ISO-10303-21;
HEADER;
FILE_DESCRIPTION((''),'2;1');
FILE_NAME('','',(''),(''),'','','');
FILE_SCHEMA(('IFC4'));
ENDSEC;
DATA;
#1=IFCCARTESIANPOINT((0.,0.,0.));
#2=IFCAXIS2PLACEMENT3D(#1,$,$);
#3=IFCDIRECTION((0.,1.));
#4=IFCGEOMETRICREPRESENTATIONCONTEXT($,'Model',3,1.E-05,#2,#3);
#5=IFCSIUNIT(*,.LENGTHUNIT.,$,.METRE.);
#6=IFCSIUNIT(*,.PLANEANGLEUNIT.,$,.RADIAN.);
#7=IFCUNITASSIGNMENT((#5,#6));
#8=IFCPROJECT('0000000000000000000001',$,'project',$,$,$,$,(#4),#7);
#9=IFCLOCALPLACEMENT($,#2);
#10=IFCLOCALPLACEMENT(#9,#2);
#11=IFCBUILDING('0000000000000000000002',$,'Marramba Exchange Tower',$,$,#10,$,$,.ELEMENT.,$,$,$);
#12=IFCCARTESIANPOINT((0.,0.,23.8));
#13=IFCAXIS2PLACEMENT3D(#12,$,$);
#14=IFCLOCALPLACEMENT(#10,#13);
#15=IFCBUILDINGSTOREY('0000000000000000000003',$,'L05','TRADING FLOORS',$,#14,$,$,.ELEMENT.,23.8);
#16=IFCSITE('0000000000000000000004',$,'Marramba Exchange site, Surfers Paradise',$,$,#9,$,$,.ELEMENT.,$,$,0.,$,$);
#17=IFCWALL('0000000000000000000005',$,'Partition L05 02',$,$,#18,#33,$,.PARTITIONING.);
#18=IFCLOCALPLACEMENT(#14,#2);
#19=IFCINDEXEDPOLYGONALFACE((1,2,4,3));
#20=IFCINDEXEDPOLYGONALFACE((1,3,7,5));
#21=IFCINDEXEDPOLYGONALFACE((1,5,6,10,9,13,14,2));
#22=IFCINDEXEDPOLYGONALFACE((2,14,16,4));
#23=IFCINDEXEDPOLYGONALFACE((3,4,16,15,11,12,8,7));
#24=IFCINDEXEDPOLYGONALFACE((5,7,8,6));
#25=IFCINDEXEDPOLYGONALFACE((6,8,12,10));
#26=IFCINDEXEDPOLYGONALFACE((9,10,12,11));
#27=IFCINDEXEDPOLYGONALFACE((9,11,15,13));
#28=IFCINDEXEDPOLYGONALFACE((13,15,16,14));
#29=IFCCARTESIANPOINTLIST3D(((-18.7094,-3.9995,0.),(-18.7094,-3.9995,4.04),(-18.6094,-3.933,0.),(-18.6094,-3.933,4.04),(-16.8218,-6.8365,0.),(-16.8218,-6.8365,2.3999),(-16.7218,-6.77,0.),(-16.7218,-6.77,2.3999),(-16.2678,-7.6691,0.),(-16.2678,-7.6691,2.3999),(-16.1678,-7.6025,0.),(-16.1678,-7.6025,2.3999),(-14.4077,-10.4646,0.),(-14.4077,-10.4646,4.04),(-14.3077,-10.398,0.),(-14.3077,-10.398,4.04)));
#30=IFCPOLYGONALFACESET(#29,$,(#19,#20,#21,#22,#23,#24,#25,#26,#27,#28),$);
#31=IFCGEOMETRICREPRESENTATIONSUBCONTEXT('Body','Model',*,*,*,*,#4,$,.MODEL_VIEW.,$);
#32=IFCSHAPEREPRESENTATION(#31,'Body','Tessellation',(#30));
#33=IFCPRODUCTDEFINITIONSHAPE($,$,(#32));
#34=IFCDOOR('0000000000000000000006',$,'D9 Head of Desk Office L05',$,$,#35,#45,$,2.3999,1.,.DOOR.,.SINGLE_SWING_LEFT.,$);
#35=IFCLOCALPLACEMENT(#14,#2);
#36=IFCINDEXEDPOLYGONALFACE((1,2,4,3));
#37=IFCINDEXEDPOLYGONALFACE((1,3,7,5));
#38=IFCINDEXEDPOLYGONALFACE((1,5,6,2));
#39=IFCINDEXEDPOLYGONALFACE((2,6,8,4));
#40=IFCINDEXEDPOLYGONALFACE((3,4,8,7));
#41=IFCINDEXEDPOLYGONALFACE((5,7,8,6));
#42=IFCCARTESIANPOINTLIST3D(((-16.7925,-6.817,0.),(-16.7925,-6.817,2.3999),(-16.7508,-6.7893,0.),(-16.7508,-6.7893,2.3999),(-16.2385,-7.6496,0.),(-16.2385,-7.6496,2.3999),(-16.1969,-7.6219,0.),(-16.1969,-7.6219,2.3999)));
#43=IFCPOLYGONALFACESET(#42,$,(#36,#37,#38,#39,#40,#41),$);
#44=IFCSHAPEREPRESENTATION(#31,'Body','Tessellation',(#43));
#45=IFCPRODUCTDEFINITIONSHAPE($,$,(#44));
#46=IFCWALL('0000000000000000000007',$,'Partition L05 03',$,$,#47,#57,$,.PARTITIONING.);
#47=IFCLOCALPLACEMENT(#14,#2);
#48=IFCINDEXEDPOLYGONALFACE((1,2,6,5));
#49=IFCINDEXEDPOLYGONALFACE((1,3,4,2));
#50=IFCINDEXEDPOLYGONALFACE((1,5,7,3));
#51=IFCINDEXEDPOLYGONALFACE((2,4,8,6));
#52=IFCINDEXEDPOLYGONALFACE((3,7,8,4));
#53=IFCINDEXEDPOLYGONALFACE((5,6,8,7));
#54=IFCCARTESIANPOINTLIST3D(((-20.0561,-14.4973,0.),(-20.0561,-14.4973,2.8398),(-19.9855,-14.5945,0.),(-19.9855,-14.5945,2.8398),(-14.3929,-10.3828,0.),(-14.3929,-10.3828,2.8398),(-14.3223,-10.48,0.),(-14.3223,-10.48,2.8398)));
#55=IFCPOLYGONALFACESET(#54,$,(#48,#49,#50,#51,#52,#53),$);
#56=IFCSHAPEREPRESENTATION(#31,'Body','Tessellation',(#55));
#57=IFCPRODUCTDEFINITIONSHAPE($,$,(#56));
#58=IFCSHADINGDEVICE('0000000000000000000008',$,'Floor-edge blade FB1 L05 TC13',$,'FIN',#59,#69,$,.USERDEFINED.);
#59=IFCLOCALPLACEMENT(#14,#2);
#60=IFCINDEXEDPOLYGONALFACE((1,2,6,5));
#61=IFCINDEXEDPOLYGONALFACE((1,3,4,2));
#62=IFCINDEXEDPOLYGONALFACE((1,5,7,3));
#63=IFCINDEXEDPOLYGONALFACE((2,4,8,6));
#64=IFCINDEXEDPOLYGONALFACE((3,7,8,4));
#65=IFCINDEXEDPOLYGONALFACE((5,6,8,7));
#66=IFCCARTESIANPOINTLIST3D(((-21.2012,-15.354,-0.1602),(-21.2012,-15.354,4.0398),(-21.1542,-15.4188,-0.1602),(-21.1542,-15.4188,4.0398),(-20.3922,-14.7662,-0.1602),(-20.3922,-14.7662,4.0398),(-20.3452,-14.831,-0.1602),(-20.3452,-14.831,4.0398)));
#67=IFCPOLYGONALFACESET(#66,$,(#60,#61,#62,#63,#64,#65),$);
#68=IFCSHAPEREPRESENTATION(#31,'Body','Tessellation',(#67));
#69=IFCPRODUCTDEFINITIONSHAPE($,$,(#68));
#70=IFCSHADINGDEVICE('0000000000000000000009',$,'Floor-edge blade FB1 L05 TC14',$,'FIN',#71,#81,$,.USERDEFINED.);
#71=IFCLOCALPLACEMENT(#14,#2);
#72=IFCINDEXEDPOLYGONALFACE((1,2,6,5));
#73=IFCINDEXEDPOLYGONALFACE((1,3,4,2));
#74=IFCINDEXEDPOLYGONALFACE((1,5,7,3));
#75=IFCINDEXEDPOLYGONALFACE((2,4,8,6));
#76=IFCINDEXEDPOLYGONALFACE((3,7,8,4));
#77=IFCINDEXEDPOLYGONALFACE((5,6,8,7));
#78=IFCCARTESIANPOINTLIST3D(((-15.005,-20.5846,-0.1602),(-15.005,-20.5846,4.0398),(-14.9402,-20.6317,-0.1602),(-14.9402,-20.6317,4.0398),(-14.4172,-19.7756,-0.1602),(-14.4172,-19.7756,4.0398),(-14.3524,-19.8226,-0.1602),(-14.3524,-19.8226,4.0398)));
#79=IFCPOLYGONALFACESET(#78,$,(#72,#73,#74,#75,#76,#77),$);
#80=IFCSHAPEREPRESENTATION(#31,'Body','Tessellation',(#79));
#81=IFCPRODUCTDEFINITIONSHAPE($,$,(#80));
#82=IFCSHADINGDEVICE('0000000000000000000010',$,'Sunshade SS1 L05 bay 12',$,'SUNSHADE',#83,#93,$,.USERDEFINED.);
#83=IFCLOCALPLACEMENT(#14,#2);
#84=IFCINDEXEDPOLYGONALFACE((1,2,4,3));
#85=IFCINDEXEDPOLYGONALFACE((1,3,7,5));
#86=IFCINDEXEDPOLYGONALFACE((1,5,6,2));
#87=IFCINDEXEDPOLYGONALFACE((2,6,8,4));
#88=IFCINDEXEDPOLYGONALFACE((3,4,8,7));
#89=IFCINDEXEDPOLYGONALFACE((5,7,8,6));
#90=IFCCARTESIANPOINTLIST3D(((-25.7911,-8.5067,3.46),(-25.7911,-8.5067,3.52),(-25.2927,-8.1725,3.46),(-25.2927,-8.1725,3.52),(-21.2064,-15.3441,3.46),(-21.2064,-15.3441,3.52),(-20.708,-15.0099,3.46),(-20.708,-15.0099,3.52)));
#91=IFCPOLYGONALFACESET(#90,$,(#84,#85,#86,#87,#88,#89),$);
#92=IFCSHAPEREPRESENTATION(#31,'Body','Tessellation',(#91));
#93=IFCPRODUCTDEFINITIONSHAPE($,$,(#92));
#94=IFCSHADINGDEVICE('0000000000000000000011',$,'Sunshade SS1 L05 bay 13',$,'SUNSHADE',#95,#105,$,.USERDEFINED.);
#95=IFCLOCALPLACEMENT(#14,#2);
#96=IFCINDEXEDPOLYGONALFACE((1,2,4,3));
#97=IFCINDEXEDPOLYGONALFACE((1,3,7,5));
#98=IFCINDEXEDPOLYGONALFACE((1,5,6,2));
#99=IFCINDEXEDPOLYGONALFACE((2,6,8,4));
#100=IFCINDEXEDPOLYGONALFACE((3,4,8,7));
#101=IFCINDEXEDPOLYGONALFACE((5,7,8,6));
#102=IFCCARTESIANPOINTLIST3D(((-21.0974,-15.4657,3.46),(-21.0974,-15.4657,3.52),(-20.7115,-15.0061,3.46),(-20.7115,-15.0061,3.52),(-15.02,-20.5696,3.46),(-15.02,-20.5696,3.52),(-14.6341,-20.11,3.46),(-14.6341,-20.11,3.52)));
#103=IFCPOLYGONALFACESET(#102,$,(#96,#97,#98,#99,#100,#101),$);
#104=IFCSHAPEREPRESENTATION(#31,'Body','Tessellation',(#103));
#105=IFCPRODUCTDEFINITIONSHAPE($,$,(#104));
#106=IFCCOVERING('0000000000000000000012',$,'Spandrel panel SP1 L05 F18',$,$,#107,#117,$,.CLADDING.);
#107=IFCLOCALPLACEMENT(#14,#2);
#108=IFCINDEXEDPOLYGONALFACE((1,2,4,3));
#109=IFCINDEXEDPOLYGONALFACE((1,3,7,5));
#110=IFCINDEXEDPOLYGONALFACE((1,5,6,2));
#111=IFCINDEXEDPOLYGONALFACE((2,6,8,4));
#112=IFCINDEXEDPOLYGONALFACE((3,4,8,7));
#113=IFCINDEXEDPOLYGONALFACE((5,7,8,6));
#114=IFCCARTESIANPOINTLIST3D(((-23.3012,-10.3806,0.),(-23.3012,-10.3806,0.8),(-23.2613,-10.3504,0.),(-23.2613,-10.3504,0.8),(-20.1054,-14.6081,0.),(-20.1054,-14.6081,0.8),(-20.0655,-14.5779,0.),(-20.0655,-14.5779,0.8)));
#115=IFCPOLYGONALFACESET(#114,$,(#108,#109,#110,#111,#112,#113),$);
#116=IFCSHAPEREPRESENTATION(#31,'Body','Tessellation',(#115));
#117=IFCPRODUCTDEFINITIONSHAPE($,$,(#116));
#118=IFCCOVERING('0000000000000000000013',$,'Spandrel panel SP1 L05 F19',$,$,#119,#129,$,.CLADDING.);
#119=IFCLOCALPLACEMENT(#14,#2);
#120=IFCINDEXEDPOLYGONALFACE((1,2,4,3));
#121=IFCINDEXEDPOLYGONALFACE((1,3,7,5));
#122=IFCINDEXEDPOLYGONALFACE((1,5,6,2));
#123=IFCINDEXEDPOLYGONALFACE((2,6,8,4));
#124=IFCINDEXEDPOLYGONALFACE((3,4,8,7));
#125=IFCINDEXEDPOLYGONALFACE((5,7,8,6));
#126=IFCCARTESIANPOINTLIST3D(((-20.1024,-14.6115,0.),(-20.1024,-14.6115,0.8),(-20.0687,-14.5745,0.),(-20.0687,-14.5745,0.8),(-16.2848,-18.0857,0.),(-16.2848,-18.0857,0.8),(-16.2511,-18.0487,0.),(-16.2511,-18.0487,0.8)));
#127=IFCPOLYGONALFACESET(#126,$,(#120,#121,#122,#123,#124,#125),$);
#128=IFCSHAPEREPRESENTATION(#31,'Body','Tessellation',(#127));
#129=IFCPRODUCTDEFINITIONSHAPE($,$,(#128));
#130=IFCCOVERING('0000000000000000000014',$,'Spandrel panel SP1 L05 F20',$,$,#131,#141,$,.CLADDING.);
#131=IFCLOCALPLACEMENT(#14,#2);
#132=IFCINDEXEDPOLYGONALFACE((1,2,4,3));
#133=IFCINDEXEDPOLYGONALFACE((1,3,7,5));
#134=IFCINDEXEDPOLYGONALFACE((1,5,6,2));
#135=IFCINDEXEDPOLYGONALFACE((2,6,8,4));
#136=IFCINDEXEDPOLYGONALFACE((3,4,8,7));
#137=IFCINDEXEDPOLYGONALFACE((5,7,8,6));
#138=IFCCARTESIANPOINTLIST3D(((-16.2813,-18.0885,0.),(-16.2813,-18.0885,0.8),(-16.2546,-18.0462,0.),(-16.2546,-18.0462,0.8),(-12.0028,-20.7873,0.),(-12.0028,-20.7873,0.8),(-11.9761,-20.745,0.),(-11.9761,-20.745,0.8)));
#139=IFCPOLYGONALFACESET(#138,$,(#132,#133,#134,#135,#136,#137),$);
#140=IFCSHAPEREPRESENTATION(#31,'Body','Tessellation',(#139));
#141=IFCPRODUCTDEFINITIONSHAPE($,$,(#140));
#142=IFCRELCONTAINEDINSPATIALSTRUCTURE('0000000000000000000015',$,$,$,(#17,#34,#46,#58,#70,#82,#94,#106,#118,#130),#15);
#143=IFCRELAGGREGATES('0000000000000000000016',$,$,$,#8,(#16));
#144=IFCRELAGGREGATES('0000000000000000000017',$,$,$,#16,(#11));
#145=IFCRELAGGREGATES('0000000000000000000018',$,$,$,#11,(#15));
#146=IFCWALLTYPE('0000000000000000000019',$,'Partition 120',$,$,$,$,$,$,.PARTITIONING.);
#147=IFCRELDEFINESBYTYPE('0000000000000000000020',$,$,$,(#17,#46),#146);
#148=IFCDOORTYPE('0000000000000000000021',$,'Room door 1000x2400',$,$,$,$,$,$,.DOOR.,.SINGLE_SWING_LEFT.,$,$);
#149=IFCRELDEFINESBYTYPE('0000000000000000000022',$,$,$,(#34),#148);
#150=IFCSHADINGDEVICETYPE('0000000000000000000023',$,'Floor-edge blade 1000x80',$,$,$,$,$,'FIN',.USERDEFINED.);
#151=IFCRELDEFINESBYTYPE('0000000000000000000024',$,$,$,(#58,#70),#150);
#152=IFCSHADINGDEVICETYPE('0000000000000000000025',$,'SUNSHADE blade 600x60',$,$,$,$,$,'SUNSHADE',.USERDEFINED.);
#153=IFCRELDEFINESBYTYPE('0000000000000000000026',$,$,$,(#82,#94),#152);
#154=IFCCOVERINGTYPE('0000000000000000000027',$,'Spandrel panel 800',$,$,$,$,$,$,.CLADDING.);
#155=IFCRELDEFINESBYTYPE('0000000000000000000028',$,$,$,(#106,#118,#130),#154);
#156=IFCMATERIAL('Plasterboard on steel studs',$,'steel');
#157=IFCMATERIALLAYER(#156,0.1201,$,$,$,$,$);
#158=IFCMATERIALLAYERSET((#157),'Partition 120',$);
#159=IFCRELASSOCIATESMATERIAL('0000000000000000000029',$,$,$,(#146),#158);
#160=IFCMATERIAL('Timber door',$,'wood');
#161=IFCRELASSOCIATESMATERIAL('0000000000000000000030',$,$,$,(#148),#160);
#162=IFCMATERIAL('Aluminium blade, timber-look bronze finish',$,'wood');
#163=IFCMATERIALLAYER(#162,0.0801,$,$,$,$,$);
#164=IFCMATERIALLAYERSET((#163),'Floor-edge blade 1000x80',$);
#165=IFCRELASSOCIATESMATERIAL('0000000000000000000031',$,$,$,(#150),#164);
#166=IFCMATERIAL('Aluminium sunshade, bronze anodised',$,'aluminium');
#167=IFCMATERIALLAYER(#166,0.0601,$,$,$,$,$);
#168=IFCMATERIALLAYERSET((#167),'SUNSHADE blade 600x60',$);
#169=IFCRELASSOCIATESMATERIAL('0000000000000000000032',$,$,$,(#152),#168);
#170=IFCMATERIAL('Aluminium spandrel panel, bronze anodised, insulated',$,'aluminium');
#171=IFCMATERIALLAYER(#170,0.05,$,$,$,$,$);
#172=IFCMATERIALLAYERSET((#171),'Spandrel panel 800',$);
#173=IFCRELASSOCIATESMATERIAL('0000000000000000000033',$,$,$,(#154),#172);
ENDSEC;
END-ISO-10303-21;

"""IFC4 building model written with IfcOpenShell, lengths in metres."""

from ifc_helpers import new_model, si_unit, direction, frame, frame_2d, origin, origin_2d, place, context, subcontext, project, spatial, rectangle, extrude, material, layer, layer_set, type_object, element, fill, save


model = new_model("IFC4")

# Units and contexts
model_context = context("Model", 3, precision=1e-05, world=origin(), true_north=direction((0.0, 1.0)))
body_context = subcontext(model_context, "Body", "Model", "MODEL_VIEW")
ifc_project = project(units=[si_unit("LENGTHUNIT", "METRE"), si_unit("PLANEANGLEUNIT", "RADIAN")], contexts=[model_context])

# Site, building, storey
site_placement = place(None, origin())
site = spatial("IfcSite", under=ifc_project, at=site_placement, Name="Marramba Exchange site, Surfers Paradise", CompositionType="ELEMENT", RefElevation=0.0)
building_placement = place(site_placement, origin())
building = spatial("IfcBuilding", under=site, at=building_placement, Name="Marramba Exchange Tower", CompositionType="ELEMENT")
storey_placement = place(building_placement, frame((0.0, 0.0, 23.8)))
storey = spatial("IfcBuildingStorey", under=building, at=storey_placement, Name="L05", Description="TRADING FLOORS", CompositionType="ELEMENT", Elevation=23.8)

# Wall, opening, door
ifc_material_1 = material(Name="Plasterboard on steel studs", Category="steel")
ifc_layer_1 = layer(ifc_material_1, 0.1201)
ifc_layer_set_1 = layer_set([ifc_layer_1], Name="Partition 120")
wall_type_1 = type_object("IfcWallType", Name="Partition 120", PredefinedType="PARTITIONING", material=ifc_layer_set_1)
wall_1_placement = place(storey_placement, frame((-14.3577, -10.4314, 0.0), z_axis=(0.0, 0.0, 1.0), x_axis=(-0.55396, 0.832543, 0.0)))
wall_1 = element("IfcWall", 1, at=wall_1_placement, inside=storey, type_object=wall_type_1, Name="Partition L05 02", PredefinedType="PARTITIONING", context=body_context, shape_type="SweptSolid", body=[
    extrude(rectangle(XDim=7.7654, YDim=0.1201, at=frame_2d((3.8828, 0.0))), origin(), (0.0, 0.0, 1.0), 4.04),
])
opening_1_placement = place(wall_1_placement, frame((3.3579, 0.0, 0.0)))
opening_1 = element("IfcOpeningElement", 2, at=opening_1_placement, cuts=wall_1, PredefinedType="OPENING", context=body_context, shape_type="SweptSolid", body=[
    extrude(rectangle(XDim=1.0, YDim=2.3999, at=frame_2d((0.5, 1.2))), frame((0.0, 0.0701, 0.0), z_axis=(0.0, -1.0, 0.0), x_axis=(1.0, 0.0, 0.0)), (0.0, 0.0, 1.0), 0.1401),
])
ifc_material_2 = material(Name="Timber door", Category="wood")
door_type_1 = type_object("IfcDoorType", Name="Room door 1000x2400", OperationType="SINGLE_SWING_LEFT", PredefinedType="DOOR", material=ifc_material_2)
door_1_placement = place(opening_1_placement, origin())
door_1 = element("IfcDoor", 3, at=door_1_placement, inside=storey, type_object=door_type_1, Name="D9 Head of Desk Office L05", OperationType="SINGLE_SWING_LEFT", OverallHeight=2.3999, OverallWidth=1.0, PredefinedType="DOOR", context=body_context, shape_type="SweptSolid", body=[
    extrude(rectangle(XDim=1.0, YDim=2.3999, at=frame_2d((0.5, 1.2))), frame((0.0, 0.0249, 0.0), z_axis=(0.0, -1.0, 0.0), x_axis=(1.0, 0.0, 0.0)), (0.0, 0.0, 1.0), 0.05),
])
fill(opening_1, door_1)

# Wall
wall_2_placement = place(storey_placement, frame((-20.0208, -14.5459, 0.0), z_axis=(0.0, 0.0, 1.0), x_axis=(0.809015, 0.587788, 0.0)))
element("IfcWall", 4, at=wall_2_placement, inside=storey, type_object=wall_type_1, Name="Partition L05 03", PredefinedType="PARTITIONING", context=body_context, shape_type="SweptSolid", body=[
    extrude(rectangle(XDim=7.0, YDim=0.1201, at=frame_2d((3.5, 0.0))), origin(), (0.0, 0.0, 1.0), 2.8398),
])

# Shading devices
ifc_material_3 = material(Name="Aluminium blade, timber-look bronze finish", Category="wood")
ifc_layer_2 = layer(ifc_material_3, 0.0801)
ifc_layer_set_2 = layer_set([ifc_layer_2], Name="Floor-edge blade 1000x80")
shading_device_type_1 = type_object("IfcShadingDeviceType", Name="Floor-edge blade 1000x80", ElementType="FIN", PredefinedType="USERDEFINED", material=ifc_layer_set_2)
for number, where, z_axis, x_axis, name in (
    (5, (-20.7732, -15.0925, -0.1602), (0.0, 0.0, 1.0), (-0.809017, -0.587785, 0.0), "Floor-edge blade FB1 L05 TC13"),
    (6, (-14.6787, -20.2036, -0.1602), (0.0, 0.0, 1.0), (-0.587785, -0.809017, 0.0), "Floor-edge blade FB1 L05 TC14"),
):
    element("IfcShadingDevice", number, at=place(storey_placement, frame(where, z_axis=z_axis, x_axis=x_axis)), inside=storey, type_object=shading_device_type_1, Name=name, ObjectType="FIN", PredefinedType="USERDEFINED", context=body_context, shape_type="SweptSolid", body=[
        extrude(rectangle(XDim=1.0, YDim=0.0801, at=origin_2d()), origin(), (0.0, 0.0, 1.0), 4.2),
    ])
ifc_material_4 = material(Name="Aluminium sunshade, bronze anodised", Category="aluminium")
ifc_layer_3 = layer(ifc_material_4, 0.0601)
ifc_layer_set_3 = layer_set([ifc_layer_3], Name="SUNSHADE blade 600x60")
shading_device_type_2 = type_object("IfcShadingDeviceType", Name="SUNSHADE blade 600x60", ElementType="SUNSHADE", PredefinedType="USERDEFINED", material=ifc_layer_set_3)
shading_device_1_placement = place(storey_placement, frame((-23.2495, -11.7583, 3.46), z_axis=(0.0, 0.0, 1.0), x_axis=(0.556924, -0.830563, 0.0)))
element("IfcShadingDevice", 7, at=shading_device_1_placement, inside=storey, type_object=shading_device_type_2, Name="Sunshade SS1 L05 bay 12", ObjectType="SUNSHADE", PredefinedType="USERDEFINED", context=body_context, shape_type="SweptSolid", body=[
    extrude(rectangle(XDim=8.2322, YDim=0.6001, at=origin_2d()), origin(), (0.0, 0.0, 1.0), 0.0601),
])
shading_device_2_placement = place(storey_placement, frame((-17.8657, -17.7878, 3.46), z_axis=(0.0, 0.0, 1.0), x_axis=(0.765776, -0.643107, 0.0)))
element("IfcShadingDevice", 8, at=shading_device_2_placement, inside=storey, type_object=shading_device_type_2, Name="Sunshade SS1 L05 bay 13", ObjectType="SUNSHADE", PredefinedType="USERDEFINED", context=body_context, shape_type="SweptSolid", body=[
    extrude(rectangle(XDim=7.9363, YDim=0.6001, at=origin_2d()), origin(), (0.0, 0.0, 1.0), 0.0601),
])

# Coverings
ifc_material_5 = material(Name="Aluminium spandrel panel, bronze anodised, insulated", Category="aluminium")
ifc_layer_4 = layer(ifc_material_5, 0.05)
ifc_layer_set_4 = layer_set([ifc_layer_4], Name="Spandrel panel 800")
covering_type = type_object("IfcCoveringType", Name="Spandrel panel 800", PredefinedType="CLADDING", material=ifc_layer_set_4)
covering_1_placement = place(storey_placement, frame((-21.6833, -12.4792, 0.0), z_axis=(0.0, 0.0, 1.0), x_axis=(0.60304, -0.797711, 0.0)))
element("IfcCovering", 9, at=covering_1_placement, inside=storey, type_object=covering_type, Name="Spandrel panel SP1 L05 F18", PredefinedType="CLADDING", context=body_context, shape_type="SweptSolid", body=[
    extrude(rectangle(XDim=5.2996, YDim=0.05, at=origin_2d()), origin(), (0.0, 0.0, 1.0), 0.8),
])
covering_2_placement = place(storey_placement, frame((-18.1768, -16.3301, 0.0), z_axis=(0.0, 0.0, 1.0), x_axis=(0.73959, -0.673058, 0.0)))
element("IfcCovering", 10, at=covering_2_placement, inside=storey, type_object=covering_type, Name="Spandrel panel SP1 L05 F19", PredefinedType="CLADDING", context=body_context, shape_type="SweptSolid", body=[
    extrude(rectangle(XDim=5.1619, YDim=0.05, at=origin_2d()), origin(), (0.0, 0.0, 1.0), 0.8),
])
covering_3_placement = place(storey_placement, frame((-14.1287, -19.4167, 0.0), z_axis=(0.0, 0.0, 1.0), x_axis=(0.845791, -0.533515, 0.0)))
element("IfcCovering", 11, at=covering_3_placement, inside=storey, type_object=covering_type, Name="Spandrel panel SP1 L05 F20", PredefinedType="CLADDING", context=body_context, shape_type="SweptSolid", body=[
    extrude(rectangle(XDim=5.0586, YDim=0.05, at=origin_2d()), origin(), (0.0, 0.0, 1.0), 0.8),
])

save(model, "model.ifc")
